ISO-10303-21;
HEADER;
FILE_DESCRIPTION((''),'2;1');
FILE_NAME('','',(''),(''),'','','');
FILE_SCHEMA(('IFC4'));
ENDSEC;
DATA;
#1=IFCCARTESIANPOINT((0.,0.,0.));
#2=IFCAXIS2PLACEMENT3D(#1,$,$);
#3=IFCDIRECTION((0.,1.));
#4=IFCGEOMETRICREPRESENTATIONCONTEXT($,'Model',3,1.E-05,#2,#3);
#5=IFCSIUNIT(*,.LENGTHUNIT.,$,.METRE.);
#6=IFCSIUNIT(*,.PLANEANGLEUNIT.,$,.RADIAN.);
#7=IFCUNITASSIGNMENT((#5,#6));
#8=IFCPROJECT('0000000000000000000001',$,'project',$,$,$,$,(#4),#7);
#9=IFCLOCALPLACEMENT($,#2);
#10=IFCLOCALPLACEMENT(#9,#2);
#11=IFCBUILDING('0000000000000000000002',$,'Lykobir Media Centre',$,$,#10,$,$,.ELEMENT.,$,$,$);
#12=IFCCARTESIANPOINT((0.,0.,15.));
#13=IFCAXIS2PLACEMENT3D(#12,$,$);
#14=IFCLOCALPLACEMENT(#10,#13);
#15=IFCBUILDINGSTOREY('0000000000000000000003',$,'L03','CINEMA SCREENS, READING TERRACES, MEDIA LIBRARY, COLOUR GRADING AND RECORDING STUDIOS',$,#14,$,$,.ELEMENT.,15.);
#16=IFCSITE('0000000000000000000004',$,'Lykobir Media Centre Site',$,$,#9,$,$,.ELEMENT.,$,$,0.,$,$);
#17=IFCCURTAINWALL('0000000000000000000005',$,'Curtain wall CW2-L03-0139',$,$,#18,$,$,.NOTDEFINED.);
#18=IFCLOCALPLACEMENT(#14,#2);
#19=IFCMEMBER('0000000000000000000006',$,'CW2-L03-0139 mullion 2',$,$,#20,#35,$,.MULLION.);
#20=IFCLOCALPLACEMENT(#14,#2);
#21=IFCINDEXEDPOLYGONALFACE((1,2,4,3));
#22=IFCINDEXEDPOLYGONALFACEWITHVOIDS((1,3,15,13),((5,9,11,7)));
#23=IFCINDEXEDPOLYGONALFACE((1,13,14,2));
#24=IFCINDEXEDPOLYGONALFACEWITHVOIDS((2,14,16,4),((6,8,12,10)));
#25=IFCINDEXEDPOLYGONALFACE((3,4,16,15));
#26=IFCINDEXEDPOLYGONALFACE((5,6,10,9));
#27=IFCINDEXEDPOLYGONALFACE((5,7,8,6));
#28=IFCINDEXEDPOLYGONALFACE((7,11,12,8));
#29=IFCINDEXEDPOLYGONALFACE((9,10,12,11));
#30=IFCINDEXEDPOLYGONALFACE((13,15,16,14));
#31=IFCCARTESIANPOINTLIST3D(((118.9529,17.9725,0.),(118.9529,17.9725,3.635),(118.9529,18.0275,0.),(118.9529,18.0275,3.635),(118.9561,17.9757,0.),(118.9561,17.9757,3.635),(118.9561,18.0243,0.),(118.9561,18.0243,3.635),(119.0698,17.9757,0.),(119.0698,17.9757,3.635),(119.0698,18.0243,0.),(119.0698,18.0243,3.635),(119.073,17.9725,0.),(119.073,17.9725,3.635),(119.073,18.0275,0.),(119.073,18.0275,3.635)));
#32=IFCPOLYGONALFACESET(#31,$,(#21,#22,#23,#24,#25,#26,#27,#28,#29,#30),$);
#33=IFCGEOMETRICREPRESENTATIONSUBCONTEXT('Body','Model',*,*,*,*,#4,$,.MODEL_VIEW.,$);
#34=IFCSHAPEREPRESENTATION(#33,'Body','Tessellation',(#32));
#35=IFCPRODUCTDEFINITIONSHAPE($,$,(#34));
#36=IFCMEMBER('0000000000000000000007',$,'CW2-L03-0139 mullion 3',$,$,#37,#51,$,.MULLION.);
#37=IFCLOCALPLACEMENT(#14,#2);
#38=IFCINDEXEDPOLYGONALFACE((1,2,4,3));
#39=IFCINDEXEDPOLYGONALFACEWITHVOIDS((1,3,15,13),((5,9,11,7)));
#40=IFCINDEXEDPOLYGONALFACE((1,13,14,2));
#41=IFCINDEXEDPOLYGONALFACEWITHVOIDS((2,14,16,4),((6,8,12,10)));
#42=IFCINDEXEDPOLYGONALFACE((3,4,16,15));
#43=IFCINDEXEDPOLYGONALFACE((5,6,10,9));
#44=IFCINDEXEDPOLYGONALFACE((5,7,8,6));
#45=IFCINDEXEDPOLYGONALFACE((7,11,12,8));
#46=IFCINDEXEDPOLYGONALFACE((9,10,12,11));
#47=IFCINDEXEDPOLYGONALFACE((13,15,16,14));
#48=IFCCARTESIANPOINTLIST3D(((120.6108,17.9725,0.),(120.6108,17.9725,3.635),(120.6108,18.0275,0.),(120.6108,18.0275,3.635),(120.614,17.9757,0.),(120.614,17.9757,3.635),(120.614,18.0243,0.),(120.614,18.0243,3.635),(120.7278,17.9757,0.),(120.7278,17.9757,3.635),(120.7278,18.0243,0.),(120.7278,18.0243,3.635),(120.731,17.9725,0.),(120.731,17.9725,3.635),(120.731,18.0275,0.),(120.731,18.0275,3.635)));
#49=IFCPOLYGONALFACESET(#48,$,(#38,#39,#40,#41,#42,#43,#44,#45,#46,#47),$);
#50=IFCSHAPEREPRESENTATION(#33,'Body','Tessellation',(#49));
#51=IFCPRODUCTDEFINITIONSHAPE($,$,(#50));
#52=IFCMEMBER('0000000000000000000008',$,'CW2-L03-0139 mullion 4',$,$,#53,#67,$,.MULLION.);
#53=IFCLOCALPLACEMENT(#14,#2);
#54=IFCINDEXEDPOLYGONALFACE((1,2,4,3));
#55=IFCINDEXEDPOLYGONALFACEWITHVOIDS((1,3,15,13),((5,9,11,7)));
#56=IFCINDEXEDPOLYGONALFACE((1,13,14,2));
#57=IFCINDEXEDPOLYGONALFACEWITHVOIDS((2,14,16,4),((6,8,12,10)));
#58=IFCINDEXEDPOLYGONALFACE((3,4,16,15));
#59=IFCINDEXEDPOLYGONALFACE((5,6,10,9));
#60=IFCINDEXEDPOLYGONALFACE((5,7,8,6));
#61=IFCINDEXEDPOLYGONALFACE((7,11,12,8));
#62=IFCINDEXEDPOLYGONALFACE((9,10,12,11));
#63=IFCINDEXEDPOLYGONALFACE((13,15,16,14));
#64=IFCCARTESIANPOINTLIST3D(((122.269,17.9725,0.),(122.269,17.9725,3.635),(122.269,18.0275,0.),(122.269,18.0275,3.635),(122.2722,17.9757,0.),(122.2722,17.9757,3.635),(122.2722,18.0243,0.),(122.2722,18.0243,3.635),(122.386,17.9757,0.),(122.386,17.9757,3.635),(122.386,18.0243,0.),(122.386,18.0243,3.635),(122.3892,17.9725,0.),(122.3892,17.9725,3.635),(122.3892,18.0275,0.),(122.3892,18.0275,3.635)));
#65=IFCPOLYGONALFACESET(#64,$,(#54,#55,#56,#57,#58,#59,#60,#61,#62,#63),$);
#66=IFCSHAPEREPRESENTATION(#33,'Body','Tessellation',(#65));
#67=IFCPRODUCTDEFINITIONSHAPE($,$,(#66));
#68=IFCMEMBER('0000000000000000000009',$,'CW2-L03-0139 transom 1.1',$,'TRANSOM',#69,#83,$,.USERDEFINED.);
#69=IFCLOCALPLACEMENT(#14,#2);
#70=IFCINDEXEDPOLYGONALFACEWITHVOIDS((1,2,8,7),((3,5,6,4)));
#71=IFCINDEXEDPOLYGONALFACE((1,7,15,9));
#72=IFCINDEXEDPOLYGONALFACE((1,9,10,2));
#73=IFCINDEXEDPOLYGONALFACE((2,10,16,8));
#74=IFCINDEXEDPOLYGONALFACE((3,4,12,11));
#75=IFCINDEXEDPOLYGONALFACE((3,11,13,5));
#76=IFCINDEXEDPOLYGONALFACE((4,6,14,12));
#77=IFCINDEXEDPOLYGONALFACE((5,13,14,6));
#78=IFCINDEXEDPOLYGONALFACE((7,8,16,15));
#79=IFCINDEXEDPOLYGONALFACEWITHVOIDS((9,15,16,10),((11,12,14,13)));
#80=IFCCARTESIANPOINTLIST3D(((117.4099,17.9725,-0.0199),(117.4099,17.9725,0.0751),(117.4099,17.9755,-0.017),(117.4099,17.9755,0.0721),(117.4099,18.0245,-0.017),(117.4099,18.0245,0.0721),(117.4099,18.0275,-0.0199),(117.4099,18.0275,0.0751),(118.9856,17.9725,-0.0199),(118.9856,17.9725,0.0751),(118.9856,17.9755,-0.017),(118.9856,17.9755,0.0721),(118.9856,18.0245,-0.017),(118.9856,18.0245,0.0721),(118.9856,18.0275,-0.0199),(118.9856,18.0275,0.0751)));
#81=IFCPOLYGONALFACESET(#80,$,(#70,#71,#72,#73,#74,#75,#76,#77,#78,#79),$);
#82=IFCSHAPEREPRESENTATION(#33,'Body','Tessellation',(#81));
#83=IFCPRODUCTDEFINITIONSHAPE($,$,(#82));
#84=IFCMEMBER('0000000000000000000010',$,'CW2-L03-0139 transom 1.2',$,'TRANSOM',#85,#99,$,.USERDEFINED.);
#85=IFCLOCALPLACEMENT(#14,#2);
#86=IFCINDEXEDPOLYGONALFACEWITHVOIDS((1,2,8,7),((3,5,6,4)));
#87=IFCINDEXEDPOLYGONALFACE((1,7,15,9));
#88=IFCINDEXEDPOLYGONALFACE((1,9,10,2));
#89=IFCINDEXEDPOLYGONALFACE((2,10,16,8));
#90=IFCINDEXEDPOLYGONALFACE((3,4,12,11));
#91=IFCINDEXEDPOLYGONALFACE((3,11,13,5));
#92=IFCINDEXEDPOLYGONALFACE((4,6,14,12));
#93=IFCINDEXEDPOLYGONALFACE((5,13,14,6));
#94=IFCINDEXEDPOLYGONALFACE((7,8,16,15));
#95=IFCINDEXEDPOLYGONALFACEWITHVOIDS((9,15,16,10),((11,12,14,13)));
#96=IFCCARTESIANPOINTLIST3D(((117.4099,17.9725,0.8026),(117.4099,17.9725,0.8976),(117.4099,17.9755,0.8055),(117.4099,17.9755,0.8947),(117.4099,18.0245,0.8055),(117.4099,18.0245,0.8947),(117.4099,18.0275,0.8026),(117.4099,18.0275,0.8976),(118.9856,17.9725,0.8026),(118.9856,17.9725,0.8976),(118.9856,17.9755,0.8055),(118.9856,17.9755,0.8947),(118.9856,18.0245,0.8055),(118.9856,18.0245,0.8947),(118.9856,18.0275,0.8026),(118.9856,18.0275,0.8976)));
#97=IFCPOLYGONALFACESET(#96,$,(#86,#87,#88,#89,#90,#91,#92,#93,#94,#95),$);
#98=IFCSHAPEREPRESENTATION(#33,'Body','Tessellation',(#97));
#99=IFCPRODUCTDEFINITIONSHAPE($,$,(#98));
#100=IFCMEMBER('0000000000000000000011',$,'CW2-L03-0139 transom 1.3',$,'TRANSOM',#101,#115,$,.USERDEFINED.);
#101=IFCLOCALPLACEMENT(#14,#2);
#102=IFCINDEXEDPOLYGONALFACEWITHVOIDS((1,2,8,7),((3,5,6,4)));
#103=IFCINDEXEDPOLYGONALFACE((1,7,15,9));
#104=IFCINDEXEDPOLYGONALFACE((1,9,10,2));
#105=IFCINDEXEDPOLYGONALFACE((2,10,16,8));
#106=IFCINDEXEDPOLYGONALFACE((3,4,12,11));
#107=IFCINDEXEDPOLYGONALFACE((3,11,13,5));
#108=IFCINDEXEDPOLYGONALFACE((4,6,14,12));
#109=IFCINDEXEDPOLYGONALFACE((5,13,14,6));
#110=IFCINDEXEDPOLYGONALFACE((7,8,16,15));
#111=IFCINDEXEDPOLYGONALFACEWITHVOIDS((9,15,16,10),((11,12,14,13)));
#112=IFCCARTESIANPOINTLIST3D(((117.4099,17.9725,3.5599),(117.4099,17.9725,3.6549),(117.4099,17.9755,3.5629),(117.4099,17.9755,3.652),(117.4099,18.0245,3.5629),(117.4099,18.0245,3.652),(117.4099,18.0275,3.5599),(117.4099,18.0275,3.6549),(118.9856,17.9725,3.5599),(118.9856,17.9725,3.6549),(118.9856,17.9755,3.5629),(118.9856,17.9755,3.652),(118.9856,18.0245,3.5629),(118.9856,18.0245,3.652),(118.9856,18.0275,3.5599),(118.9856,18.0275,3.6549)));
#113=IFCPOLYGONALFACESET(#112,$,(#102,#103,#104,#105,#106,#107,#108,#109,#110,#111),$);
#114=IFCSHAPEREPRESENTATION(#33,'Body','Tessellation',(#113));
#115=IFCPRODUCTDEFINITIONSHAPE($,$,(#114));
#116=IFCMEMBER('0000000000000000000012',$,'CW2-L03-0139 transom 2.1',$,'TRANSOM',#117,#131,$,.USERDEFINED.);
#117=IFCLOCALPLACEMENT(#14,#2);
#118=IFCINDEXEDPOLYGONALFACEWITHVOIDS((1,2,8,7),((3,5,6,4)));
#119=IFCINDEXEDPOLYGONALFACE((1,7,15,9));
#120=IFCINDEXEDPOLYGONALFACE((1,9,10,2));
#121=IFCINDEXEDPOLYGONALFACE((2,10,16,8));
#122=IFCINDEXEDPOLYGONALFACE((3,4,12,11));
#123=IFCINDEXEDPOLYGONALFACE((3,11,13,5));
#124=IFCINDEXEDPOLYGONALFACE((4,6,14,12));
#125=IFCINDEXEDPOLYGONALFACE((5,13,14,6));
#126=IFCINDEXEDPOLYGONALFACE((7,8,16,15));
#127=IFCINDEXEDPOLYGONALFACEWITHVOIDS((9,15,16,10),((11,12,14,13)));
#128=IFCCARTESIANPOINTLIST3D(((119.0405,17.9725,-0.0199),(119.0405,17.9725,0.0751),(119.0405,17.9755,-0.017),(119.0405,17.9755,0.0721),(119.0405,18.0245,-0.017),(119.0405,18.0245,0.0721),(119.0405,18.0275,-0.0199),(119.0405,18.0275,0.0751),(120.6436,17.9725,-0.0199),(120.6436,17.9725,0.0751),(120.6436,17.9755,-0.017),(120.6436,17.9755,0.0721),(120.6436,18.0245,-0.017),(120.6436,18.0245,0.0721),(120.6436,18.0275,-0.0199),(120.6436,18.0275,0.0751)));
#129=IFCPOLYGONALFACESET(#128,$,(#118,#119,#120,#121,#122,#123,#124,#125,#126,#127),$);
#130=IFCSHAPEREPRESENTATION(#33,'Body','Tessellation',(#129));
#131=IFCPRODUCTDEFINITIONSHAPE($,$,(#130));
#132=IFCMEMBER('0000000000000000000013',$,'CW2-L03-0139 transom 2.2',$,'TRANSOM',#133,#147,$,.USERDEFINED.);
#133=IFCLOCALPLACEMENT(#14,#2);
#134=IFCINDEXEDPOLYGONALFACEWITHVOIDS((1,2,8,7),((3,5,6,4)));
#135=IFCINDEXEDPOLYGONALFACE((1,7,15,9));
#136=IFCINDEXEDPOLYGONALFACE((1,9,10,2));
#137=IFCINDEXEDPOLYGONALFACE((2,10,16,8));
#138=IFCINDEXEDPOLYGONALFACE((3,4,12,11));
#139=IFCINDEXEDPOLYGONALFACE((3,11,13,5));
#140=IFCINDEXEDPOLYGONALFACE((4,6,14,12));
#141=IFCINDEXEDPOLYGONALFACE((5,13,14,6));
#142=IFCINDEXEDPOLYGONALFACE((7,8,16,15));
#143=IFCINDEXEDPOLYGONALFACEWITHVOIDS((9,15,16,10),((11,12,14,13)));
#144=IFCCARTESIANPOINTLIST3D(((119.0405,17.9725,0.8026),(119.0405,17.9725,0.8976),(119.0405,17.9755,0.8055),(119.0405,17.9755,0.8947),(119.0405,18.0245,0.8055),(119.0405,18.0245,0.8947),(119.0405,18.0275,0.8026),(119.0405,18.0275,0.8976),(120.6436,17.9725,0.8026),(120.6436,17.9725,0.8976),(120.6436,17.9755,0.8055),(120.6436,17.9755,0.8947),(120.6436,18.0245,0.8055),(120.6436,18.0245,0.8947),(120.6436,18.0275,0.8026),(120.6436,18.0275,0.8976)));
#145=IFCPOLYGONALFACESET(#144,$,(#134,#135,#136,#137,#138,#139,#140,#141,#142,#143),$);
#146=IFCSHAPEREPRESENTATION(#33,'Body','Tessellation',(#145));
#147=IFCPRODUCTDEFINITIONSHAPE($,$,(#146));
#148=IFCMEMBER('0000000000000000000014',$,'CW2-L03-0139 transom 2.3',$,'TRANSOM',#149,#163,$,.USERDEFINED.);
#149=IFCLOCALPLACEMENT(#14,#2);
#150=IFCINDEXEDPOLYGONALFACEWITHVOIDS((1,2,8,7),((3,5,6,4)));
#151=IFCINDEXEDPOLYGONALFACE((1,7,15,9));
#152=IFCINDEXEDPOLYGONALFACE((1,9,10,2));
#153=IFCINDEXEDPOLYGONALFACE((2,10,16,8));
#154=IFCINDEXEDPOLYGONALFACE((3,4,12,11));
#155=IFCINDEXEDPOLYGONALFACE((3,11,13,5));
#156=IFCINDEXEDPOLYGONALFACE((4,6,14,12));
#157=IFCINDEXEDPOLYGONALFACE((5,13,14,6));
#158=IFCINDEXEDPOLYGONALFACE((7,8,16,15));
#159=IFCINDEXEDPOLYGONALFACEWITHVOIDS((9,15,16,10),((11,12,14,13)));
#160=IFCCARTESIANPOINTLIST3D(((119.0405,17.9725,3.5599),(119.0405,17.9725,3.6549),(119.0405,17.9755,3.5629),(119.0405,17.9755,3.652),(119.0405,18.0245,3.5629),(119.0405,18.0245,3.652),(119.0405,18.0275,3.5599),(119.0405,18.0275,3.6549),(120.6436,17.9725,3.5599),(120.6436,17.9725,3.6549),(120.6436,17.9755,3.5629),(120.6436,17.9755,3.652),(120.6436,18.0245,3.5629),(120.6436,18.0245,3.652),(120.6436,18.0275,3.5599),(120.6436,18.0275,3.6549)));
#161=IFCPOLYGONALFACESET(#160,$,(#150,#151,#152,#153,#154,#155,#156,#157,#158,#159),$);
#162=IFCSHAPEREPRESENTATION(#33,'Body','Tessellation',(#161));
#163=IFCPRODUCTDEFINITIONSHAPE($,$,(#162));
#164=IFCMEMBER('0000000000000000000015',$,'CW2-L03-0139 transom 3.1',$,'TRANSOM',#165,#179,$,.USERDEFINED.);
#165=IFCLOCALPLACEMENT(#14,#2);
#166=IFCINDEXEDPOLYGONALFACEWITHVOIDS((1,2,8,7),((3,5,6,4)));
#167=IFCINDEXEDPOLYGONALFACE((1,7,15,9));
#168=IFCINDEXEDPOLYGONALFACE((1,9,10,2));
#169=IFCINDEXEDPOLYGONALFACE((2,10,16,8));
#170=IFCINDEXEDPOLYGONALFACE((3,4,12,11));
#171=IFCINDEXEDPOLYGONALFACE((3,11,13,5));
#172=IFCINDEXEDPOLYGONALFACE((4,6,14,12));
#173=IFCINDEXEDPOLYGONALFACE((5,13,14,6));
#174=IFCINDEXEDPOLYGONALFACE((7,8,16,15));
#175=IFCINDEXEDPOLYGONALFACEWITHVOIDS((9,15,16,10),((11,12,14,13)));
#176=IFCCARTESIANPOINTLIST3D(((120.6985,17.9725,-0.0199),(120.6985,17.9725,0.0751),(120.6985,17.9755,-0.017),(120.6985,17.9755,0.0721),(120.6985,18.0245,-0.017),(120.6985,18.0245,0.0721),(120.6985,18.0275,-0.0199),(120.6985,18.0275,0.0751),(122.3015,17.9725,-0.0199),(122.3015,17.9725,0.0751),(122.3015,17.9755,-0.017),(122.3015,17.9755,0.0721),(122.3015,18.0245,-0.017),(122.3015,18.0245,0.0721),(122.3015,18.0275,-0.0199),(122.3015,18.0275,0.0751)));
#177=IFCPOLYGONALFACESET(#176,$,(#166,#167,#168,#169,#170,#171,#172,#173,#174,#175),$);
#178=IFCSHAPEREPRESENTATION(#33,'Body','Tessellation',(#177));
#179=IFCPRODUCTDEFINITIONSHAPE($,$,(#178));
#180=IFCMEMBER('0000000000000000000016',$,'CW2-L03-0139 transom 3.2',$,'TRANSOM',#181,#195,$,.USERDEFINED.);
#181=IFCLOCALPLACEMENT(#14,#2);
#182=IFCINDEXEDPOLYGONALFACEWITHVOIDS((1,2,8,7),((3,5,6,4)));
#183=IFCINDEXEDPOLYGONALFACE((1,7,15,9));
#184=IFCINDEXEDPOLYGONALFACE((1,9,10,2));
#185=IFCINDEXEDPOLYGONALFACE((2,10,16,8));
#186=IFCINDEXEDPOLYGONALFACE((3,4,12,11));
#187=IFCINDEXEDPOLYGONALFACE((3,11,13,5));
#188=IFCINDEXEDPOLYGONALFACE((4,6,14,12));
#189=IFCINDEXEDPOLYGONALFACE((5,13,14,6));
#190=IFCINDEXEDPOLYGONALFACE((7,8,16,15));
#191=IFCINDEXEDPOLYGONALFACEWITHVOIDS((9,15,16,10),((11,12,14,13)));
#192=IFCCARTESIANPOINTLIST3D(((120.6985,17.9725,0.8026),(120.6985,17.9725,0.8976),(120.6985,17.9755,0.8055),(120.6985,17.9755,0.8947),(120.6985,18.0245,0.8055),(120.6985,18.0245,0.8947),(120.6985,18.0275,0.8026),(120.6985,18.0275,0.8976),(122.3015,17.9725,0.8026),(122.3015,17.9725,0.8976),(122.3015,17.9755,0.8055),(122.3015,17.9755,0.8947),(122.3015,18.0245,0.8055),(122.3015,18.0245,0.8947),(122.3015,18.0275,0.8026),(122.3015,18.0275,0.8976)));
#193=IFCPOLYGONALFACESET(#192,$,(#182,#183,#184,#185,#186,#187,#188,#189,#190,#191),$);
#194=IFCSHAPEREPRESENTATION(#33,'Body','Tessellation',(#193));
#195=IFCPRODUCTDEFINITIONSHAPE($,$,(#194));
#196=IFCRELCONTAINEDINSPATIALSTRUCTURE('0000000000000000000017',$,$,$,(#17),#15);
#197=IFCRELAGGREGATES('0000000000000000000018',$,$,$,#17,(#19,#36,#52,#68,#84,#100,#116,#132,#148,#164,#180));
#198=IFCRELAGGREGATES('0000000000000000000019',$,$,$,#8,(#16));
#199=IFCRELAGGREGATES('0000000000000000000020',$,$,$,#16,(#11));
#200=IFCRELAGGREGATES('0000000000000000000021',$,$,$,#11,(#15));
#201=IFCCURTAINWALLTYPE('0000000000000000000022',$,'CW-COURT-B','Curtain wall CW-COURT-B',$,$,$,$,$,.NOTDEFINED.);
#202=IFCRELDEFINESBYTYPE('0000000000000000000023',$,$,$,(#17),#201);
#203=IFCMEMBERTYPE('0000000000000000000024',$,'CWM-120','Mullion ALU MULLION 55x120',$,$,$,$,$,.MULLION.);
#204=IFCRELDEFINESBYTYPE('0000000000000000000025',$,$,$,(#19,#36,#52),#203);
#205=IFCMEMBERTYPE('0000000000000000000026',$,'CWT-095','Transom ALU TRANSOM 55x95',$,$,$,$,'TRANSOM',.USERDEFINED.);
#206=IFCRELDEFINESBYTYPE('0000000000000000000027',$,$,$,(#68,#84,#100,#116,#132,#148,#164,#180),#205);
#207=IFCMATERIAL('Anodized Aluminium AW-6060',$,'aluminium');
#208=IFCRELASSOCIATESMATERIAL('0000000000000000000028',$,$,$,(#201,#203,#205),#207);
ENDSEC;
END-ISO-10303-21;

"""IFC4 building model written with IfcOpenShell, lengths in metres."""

from ifc_helpers import new_model, si_unit, direction, frame, origin, origin_2d, place, context, subcontext, project, spatial, hollow_rectangle, extrude, material, material_profile, profile_set, type_object, element, aggregate, save


model = new_model("IFC4")

# Units and contexts
model_context = context("Model", 3, precision=1e-05, world=origin(), true_north=direction((0.0, 1.0)))
body_context = subcontext(model_context, "Body", "Model", "MODEL_VIEW")
ifc_project = project(units=[si_unit("LENGTHUNIT", "METRE"), si_unit("PLANEANGLEUNIT", "RADIAN")], contexts=[model_context])

# Site, building, storey
site_placement = place(None, origin())
site = spatial("IfcSite", under=ifc_project, at=site_placement, Name="Lykobir Media Centre Site", CompositionType="ELEMENT", RefElevation=0.0)
building_placement = place(site_placement, origin())
building = spatial("IfcBuilding", under=site, at=building_placement, Name="Lykobir Media Centre", CompositionType="ELEMENT")
storey_placement = place(building_placement, frame((0.0, 0.0, 15.0)))
storey = spatial("IfcBuildingStorey", under=building, at=storey_placement, Name="L03", Description="CINEMA SCREENS, READING TERRACES, MEDIA LIBRARY, COLOUR GRADING AND RECORDING STUDIOS", CompositionType="ELEMENT", Elevation=15.0)

# Curtain wall, members
ifc_material_1 = material(Name="Anodized Aluminium AW-6060", Category="aluminium")
curtain_wall_type = type_object("IfcCurtainWallType", Name="CW-COURT-B", Description="Curtain wall CW-COURT-B", PredefinedType="NOTDEFINED", material=ifc_material_1)
curtain_wall_placement = place(storey_placement, origin())
curtain_wall = element("IfcCurtainWall", 1, at=curtain_wall_placement, inside=storey, type_object=curtain_wall_type, Name="Curtain wall CW2-L03-0139", PredefinedType="NOTDEFINED")
ifc_material_profile_1 = material_profile(ifc_material_1, hollow_rectangle(XDim=0.0549, YDim=0.1201, WallThickness=0.0032, at=origin_2d()), Name="ALU MULLION 55x120")
ifc_profile_set_1 = profile_set([ifc_material_profile_1], Name="Anodized Aluminium AW-6060")
member_type_1 = type_object("IfcMemberType", Name="CWM-120", Description="Mullion ALU MULLION 55x120", PredefinedType="MULLION", material=ifc_profile_set_1)
member_1_placement = place(storey_placement, frame((119.0129, 18.0, 0.0), z_axis=(0.0, 0.0, 1.0), x_axis=(0.0, 1.0, 0.0)))
member_1 = element("IfcMember", 2, at=member_1_placement, type_object=member_type_1, Name="CW2-L03-0139 mullion 2", PredefinedType="MULLION", context=body_context, shape_type="SweptSolid", body=[
    extrude(hollow_rectangle(XDim=0.0549, YDim=0.1201, WallThickness=0.0032, at=origin_2d()), origin(), (0.0, 0.0, 1.0), 3.635),
])
member_2_placement = place(storey_placement, frame((120.6709, 18.0, 0.0), z_axis=(0.0, 0.0, 1.0), x_axis=(0.0, 1.0, 0.0)))
member_2 = element("IfcMember", 3, at=member_2_placement, type_object=member_type_1, Name="CW2-L03-0139 mullion 3", PredefinedType="MULLION", context=body_context, shape_type="SweptSolid", body=[
    extrude(hollow_rectangle(XDim=0.0549, YDim=0.1201, WallThickness=0.0032, at=origin_2d()), origin(), (0.0, 0.0, 1.0), 3.635),
])
member_3_placement = place(storey_placement, frame((122.3291, 18.0, 0.0), z_axis=(0.0, 0.0, 1.0), x_axis=(0.0, 1.0, 0.0)))
member_3 = element("IfcMember", 4, at=member_3_placement, type_object=member_type_1, Name="CW2-L03-0139 mullion 4", PredefinedType="MULLION", context=body_context, shape_type="SweptSolid", body=[
    extrude(hollow_rectangle(XDim=0.0549, YDim=0.1201, WallThickness=0.0032, at=origin_2d()), origin(), (0.0, 0.0, 1.0), 3.635),
])
ifc_material_profile_2 = material_profile(ifc_material_1, hollow_rectangle(XDim=0.0549, YDim=0.095, WallThickness=0.0029, at=origin_2d()), Name="ALU TRANSOM 55x95")
ifc_profile_set_2 = profile_set([ifc_material_profile_2], Name="Anodized Aluminium AW-6060")
member_type_2 = type_object("IfcMemberType", Name="CWT-095", Description="Transom ALU TRANSOM 55x95", ElementType="TRANSOM", PredefinedType="USERDEFINED", material=ifc_profile_set_2)
member_4_placement = place(storey_placement, frame((117.4099, 18.0, 0.0276), z_axis=(1.0, 0.0, 0.0), x_axis=(0.0, 1.0, 0.0)))
member_4 = element("IfcMember", 5, at=member_4_placement, type_object=member_type_2, Name="CW2-L03-0139 transom 1.1", ObjectType="TRANSOM", PredefinedType="USERDEFINED", context=body_context, shape_type="SweptSolid", body=[
    extrude(hollow_rectangle(XDim=0.0549, YDim=0.095, WallThickness=0.0029, at=origin_2d()), origin(), (0.0, 0.0, 1.0), 1.5757),
])
member_5_placement = place(storey_placement, frame((117.4099, 18.0, 0.8501), z_axis=(1.0, 0.0, 0.0), x_axis=(0.0, 1.0, 0.0)))
member_5 = element("IfcMember", 6, at=member_5_placement, type_object=member_type_2, Name="CW2-L03-0139 transom 1.2", ObjectType="TRANSOM", PredefinedType="USERDEFINED", context=body_context, shape_type="SweptSolid", body=[
    extrude(hollow_rectangle(XDim=0.0549, YDim=0.095, WallThickness=0.0029, at=origin_2d()), origin(), (0.0, 0.0, 1.0), 1.5757),
])
member_6_placement = place(storey_placement, frame((117.4099, 18.0, 3.6074), z_axis=(1.0, 0.0, 0.0), x_axis=(0.0, 1.0, 0.0)))
member_6 = element("IfcMember", 7, at=member_6_placement, type_object=member_type_2, Name="CW2-L03-0139 transom 1.3", ObjectType="TRANSOM", PredefinedType="USERDEFINED", context=body_context, shape_type="SweptSolid", body=[
    extrude(hollow_rectangle(XDim=0.0549, YDim=0.095, WallThickness=0.0029, at=origin_2d()), origin(), (0.0, 0.0, 1.0), 1.5757),
])
member_7_placement = place(storey_placement, frame((119.0405, 18.0, 0.0276), z_axis=(1.0, 0.0, 0.0), x_axis=(0.0, 1.0, 0.0)))
member_7 = element("IfcMember", 8, at=member_7_placement, type_object=member_type_2, Name="CW2-L03-0139 transom 2.1", ObjectType="TRANSOM", PredefinedType="USERDEFINED", context=body_context, shape_type="SweptSolid", body=[
    extrude(hollow_rectangle(XDim=0.0549, YDim=0.095, WallThickness=0.0029, at=origin_2d()), origin(), (0.0, 0.0, 1.0), 1.603),
])
member_8_placement = place(storey_placement, frame((119.0405, 18.0, 0.8501), z_axis=(1.0, 0.0, 0.0), x_axis=(0.0, 1.0, 0.0)))
member_8 = element("IfcMember", 9, at=member_8_placement, type_object=member_type_2, Name="CW2-L03-0139 transom 2.2", ObjectType="TRANSOM", PredefinedType="USERDEFINED", context=body_context, shape_type="SweptSolid", body=[
    extrude(hollow_rectangle(XDim=0.0549, YDim=0.095, WallThickness=0.0029, at=origin_2d()), origin(), (0.0, 0.0, 1.0), 1.603),
])
member_9_placement = place(storey_placement, frame((119.0405, 18.0, 3.6074), z_axis=(1.0, 0.0, 0.0), x_axis=(0.0, 1.0, 0.0)))
member_9 = element("IfcMember", 10, at=member_9_placement, type_object=member_type_2, Name="CW2-L03-0139 transom 2.3", ObjectType="TRANSOM", PredefinedType="USERDEFINED", context=body_context, shape_type="SweptSolid", body=[
    extrude(hollow_rectangle(XDim=0.0549, YDim=0.095, WallThickness=0.0029, at=origin_2d()), origin(), (0.0, 0.0, 1.0), 1.603),
])
member_10_placement = place(storey_placement, frame((120.6985, 18.0, 0.0276), z_axis=(1.0, 0.0, 0.0), x_axis=(0.0, 1.0, 0.0)))
member_10 = element("IfcMember", 11, at=member_10_placement, type_object=member_type_2, Name="CW2-L03-0139 transom 3.1", ObjectType="TRANSOM", PredefinedType="USERDEFINED", context=body_context, shape_type="SweptSolid", body=[
    extrude(hollow_rectangle(XDim=0.0549, YDim=0.095, WallThickness=0.0029, at=origin_2d()), origin(), (0.0, 0.0, 1.0), 1.603),
])
member_11_placement = place(storey_placement, frame((120.6985, 18.0, 0.8501), z_axis=(1.0, 0.0, 0.0), x_axis=(0.0, 1.0, 0.0)))
member_11 = element("IfcMember", 12, at=member_11_placement, type_object=member_type_2, Name="CW2-L03-0139 transom 3.2", ObjectType="TRANSOM", PredefinedType="USERDEFINED", context=body_context, shape_type="SweptSolid", body=[
    extrude(hollow_rectangle(XDim=0.0549, YDim=0.095, WallThickness=0.0029, at=origin_2d()), origin(), (0.0, 0.0, 1.0), 1.603),
])
aggregate(curtain_wall, [member_1, member_2, member_3, member_4, member_5, member_6, member_7, member_8, member_9, member_10, member_11])

save(model, "model.ifc")
